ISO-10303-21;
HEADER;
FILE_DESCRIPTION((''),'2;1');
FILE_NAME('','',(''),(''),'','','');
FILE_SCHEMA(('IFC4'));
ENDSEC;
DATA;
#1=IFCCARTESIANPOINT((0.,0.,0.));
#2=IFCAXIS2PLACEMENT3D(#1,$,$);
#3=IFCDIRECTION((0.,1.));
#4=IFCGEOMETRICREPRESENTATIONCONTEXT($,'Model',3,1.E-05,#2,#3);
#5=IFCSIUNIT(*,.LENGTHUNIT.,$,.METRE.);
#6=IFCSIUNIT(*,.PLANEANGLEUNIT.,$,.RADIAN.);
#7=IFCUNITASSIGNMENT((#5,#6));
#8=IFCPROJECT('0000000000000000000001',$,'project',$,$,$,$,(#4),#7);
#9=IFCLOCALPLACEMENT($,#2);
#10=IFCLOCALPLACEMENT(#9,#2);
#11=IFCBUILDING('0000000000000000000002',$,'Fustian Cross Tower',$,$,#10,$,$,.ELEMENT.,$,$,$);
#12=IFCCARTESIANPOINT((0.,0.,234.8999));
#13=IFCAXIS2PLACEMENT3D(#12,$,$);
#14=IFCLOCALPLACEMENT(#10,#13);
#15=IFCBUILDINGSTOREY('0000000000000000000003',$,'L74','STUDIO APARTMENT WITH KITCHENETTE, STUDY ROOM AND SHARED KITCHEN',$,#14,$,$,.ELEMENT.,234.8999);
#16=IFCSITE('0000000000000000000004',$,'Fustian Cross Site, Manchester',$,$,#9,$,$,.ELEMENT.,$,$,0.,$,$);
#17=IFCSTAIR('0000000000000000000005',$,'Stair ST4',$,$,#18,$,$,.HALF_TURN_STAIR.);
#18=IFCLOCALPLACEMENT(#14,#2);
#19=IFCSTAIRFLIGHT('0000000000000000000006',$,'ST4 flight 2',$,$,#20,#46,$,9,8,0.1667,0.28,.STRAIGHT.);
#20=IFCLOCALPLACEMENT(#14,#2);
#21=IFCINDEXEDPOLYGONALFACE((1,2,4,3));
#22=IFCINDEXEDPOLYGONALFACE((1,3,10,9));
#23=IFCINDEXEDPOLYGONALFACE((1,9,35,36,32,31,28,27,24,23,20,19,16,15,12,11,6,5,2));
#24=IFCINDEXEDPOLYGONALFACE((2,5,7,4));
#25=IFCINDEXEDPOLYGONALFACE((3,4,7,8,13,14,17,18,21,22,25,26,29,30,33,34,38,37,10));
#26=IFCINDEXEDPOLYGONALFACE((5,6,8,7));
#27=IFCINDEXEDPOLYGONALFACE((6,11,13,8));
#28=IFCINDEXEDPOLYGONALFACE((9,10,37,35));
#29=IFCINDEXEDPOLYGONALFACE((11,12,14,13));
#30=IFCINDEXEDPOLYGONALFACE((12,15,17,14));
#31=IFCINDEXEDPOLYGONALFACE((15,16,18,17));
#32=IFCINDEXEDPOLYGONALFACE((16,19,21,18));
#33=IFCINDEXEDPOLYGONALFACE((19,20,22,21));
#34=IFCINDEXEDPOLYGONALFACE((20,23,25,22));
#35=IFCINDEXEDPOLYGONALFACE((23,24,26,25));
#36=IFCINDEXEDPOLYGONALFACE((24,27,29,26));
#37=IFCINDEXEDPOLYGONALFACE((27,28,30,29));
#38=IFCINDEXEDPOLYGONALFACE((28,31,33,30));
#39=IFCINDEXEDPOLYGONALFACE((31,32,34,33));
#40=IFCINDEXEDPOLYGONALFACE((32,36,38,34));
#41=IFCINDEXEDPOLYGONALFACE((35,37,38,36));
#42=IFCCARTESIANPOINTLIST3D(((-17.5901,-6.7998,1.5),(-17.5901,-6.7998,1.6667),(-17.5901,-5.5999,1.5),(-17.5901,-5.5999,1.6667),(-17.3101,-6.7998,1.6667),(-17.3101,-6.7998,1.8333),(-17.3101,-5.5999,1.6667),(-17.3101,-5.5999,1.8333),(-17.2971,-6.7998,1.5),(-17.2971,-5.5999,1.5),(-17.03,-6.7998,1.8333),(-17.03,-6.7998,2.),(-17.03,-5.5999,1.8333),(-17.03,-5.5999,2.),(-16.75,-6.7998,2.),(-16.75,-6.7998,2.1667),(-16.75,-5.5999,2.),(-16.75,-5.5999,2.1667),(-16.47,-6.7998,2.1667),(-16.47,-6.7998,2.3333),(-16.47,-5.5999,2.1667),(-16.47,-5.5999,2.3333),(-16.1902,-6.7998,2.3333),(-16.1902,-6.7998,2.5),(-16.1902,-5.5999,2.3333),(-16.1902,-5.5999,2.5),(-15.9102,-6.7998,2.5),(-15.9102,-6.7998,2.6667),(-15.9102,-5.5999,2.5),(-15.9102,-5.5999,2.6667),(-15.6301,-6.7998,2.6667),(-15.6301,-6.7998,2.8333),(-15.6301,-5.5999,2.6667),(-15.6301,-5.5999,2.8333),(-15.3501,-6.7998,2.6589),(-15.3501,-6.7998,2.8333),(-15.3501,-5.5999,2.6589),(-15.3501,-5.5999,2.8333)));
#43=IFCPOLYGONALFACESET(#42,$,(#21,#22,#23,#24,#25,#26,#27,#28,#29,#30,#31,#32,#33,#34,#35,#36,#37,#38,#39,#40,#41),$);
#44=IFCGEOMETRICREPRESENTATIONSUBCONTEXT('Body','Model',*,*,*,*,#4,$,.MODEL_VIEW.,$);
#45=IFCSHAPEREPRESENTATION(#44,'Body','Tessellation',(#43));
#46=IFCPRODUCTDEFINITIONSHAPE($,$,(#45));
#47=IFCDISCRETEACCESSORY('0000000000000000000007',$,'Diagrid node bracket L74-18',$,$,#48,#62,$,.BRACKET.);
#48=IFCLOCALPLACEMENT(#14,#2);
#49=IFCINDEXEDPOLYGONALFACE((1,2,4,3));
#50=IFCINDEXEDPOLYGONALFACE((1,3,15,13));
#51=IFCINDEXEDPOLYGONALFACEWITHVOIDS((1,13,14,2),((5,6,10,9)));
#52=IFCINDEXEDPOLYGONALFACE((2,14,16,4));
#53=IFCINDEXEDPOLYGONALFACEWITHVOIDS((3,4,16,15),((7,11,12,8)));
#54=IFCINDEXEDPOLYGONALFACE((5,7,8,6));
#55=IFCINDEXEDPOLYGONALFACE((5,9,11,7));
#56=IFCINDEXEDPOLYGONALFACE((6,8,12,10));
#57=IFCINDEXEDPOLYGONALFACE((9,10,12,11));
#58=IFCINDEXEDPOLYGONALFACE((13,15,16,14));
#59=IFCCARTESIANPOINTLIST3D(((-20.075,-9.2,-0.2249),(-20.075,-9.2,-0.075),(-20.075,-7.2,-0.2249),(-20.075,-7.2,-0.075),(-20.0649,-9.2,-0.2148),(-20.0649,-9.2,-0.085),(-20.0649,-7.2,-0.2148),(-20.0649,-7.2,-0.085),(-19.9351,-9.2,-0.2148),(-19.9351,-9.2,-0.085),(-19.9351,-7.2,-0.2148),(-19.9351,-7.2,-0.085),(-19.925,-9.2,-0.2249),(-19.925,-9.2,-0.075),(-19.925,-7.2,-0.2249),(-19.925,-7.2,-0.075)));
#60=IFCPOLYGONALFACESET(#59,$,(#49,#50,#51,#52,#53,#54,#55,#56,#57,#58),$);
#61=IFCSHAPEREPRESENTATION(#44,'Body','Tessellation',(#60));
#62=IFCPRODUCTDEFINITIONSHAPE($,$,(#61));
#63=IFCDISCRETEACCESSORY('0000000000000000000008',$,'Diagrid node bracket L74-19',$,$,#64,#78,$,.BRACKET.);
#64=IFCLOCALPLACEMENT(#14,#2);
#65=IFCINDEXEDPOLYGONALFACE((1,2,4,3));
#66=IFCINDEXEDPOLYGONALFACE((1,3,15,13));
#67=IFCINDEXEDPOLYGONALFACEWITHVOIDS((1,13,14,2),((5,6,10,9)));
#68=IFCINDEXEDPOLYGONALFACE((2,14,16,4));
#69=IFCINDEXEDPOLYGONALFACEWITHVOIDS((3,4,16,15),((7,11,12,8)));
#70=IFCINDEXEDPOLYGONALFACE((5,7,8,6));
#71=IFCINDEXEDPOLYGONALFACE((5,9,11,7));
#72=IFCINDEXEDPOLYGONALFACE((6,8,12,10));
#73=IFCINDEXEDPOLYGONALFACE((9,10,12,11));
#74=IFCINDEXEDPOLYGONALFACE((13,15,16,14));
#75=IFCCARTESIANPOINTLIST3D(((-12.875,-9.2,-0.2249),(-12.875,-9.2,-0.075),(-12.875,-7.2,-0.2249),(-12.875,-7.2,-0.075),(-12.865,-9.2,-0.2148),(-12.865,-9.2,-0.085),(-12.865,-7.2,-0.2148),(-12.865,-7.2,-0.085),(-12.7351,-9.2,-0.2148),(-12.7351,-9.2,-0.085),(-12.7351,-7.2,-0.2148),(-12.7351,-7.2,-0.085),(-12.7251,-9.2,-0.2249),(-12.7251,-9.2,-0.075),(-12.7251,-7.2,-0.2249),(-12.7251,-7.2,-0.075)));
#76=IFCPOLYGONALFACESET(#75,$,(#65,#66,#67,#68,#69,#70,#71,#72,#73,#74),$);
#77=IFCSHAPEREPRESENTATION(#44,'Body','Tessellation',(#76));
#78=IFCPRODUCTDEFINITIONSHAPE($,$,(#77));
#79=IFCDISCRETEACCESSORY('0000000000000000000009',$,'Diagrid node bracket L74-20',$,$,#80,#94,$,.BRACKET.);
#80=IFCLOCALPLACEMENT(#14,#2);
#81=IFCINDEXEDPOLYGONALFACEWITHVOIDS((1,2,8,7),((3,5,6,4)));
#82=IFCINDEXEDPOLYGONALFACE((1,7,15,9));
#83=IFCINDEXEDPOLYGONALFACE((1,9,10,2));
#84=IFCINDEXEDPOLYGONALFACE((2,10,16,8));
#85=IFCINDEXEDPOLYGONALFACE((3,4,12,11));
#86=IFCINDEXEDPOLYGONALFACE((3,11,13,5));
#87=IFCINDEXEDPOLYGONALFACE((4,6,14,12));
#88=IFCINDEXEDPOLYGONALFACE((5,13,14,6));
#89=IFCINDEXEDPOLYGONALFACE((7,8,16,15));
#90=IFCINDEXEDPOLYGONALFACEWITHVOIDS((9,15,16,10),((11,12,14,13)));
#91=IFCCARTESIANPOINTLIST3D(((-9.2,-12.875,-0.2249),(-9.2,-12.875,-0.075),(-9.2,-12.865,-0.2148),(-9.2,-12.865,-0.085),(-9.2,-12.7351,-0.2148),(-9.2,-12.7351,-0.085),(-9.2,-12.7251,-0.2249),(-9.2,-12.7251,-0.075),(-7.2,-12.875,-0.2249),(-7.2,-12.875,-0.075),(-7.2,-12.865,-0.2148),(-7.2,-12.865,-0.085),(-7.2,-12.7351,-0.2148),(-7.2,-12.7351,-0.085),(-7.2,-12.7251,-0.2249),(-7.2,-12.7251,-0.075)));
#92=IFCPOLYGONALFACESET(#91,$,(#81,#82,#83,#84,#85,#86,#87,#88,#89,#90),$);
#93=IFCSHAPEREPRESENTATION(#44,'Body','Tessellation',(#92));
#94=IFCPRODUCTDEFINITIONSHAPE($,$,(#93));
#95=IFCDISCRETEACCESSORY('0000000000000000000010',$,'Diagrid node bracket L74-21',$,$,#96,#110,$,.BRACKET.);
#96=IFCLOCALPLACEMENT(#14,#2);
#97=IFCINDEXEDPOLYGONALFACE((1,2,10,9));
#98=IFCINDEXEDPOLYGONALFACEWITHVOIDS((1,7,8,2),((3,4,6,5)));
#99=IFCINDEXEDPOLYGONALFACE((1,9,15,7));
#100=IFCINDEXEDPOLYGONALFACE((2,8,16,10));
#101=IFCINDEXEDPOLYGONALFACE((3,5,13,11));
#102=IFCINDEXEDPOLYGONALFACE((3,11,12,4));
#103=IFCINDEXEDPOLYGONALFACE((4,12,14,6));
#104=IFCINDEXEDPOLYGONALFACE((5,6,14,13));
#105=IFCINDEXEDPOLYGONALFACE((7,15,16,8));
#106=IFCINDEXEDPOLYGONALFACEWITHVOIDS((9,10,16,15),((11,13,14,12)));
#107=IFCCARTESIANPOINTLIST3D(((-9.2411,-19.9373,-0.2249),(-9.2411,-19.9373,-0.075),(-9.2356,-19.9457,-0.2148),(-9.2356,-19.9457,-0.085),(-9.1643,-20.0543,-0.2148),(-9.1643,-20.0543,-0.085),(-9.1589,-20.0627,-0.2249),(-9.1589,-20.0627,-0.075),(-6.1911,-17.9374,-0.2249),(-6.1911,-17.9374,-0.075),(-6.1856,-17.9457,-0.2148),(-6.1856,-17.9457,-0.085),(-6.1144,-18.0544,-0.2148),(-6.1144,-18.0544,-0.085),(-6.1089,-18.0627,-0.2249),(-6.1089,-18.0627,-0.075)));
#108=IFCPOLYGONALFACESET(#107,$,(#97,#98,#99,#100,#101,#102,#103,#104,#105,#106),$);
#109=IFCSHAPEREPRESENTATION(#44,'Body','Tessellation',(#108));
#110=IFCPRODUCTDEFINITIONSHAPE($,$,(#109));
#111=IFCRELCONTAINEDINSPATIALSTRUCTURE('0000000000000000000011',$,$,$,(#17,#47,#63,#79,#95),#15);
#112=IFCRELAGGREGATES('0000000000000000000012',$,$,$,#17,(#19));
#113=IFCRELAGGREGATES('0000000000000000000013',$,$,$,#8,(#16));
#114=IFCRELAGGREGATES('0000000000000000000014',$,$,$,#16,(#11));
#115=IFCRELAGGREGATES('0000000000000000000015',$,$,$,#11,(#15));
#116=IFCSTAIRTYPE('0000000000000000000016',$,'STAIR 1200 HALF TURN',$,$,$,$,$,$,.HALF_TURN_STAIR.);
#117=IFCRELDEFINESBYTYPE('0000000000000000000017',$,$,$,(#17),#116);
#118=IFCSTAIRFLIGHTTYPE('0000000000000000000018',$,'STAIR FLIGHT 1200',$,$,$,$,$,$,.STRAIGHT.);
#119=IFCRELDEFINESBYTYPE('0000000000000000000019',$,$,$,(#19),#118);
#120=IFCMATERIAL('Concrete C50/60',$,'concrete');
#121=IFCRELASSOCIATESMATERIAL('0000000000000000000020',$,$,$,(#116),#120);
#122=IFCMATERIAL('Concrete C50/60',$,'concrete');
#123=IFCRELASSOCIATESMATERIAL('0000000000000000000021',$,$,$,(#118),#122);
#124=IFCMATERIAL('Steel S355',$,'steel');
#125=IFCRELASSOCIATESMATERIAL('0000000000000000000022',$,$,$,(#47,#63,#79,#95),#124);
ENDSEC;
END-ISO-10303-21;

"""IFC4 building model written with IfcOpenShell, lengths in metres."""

from ifc_helpers import new_model, si_unit, direction, frame, origin, origin_2d, place, context, subcontext, project, spatial, polyline, hollow_rectangle, outline, extrude, material, type_object, element, aggregate, save


model = new_model("IFC4")

# Units and contexts
model_context = context("Model", 3, precision=1e-05, world=origin(), true_north=direction((0.0, 1.0)))
body_context = subcontext(model_context, "Body", "Model", "MODEL_VIEW")
ifc_project = project(units=[si_unit("LENGTHUNIT", "METRE"), si_unit("PLANEANGLEUNIT", "RADIAN")], contexts=[model_context])

# Site, building, storey
site_placement = place(None, origin())
site = spatial("IfcSite", under=ifc_project, at=site_placement, Name="Fustian Cross Site, Manchester", CompositionType="ELEMENT", RefElevation=0.0)
building_placement = place(site_placement, origin())
building = spatial("IfcBuilding", under=site, at=building_placement, Name="Fustian Cross Tower", CompositionType="ELEMENT")
storey_placement = place(building_placement, frame((0.0, 0.0, 234.8999)))
storey = spatial("IfcBuildingStorey", under=building, at=storey_placement, Name="L74", Description="STUDIO APARTMENT WITH KITCHENETTE, STUDY ROOM AND SHARED KITCHEN", CompositionType="ELEMENT", Elevation=234.8999)

# Stair, stair flight
ifc_material_1 = material(Name="Concrete C50/60", Category="concrete")
stair_type = type_object("IfcStairType", Name="STAIR 1200 HALF TURN", PredefinedType="HALF_TURN_STAIR", material=ifc_material_1)
stair_placement = place(storey_placement, origin())
stair = element("IfcStair", 1, at=stair_placement, inside=storey, type_object=stair_type, Name="Stair ST4", PredefinedType="HALF_TURN_STAIR")
ifc_material_2 = material(Name="Concrete C50/60", Category="concrete")
stair_flight_type = type_object("IfcStairFlightType", Name="STAIR FLIGHT 1200", PredefinedType="STRAIGHT", material=ifc_material_2)
stair_flight_1_placement = place(storey_placement, frame((-17.5901, -6.2, 1.5), z_axis=(0.0, 0.0, 1.0), x_axis=(1.0, 0.0, 0.0)))
stair_flight_1 = element("IfcStairFlight", 2, at=stair_flight_1_placement, type_object=stair_flight_type, Name="ST4 flight 2", NumberOfRisers=9, NumberOfTreads=8, PredefinedType="STRAIGHT", RiserHeight=0.1667, TreadLength=0.28, context=body_context, shape_type="SweptSolid", body=[
    extrude(outline(polyline([(0.0, 0.0), (0.0, 0.1667), (0.28, 0.1667), (0.28, 0.3333), (0.5601, 0.3333), (0.5601, 0.5), (0.8401, 0.5), (0.8401, 0.6667), (1.1201, 0.6667), (1.1201, 0.8333), (1.3999, 0.8333), (1.3999, 1.0), (1.6799, 1.0), (1.6799, 1.1667), (1.96, 1.1667), (1.96, 1.3333), (2.24, 1.3333), (2.24, 1.5), (2.24, 1.1589), (0.293, 0.0), (0.0, 0.0)])), frame((0.0, 0.6001, 0.0), z_axis=(0.0, -1.0, 0.0), x_axis=(1.0, 0.0, 0.0)), (0.0, 0.0, 1.0), 1.2),
])
aggregate(stair, [stair_flight_1])

# Discrete accessories
ifc_material_3 = material(Name="Steel S355", Category="steel")
for number, where, z_axis, x_axis, name in (
    (3, (-20.0, -9.2, -0.1499), (0.0, 1.0, 0.0), (-1.0, 0.0, 0.0), "Diagrid node bracket L74-18"),
    (4, (-12.8, -9.2, -0.1499), (0.0, 1.0, 0.0), (-1.0, 0.0, 0.0), "Diagrid node bracket L74-19"),
    (5, (-9.2, -12.8, -0.1499), (1.0, 0.0, 0.0), (0.0, 1.0, 0.0), "Diagrid node bracket L74-20"),
):
    element("IfcDiscreteAccessory", number, at=place(storey_placement, frame(where, z_axis=z_axis, x_axis=x_axis)), inside=storey, material=ifc_material_3, Name=name, PredefinedType="BRACKET", context=body_context, shape_type="SweptSolid", body=[
        extrude(hollow_rectangle(XDim=0.1499, YDim=0.1499, WallThickness=0.01, at=origin_2d()), origin(), (0.0, 0.0, 1.0), 2.0),
    ])
discrete_accessory_placement = place(storey_placement, frame((-9.2, -20.0, -0.1499), z_axis=(0.836248, 0.548351, 0.0), x_axis=(-0.548351, 0.836248, 0.0)))
element("IfcDiscreteAccessory", 6, at=discrete_accessory_placement, inside=storey, material=ifc_material_3, Name="Diagrid node bracket L74-21", PredefinedType="BRACKET", context=body_context, shape_type="SweptSolid", body=[
    extrude(hollow_rectangle(XDim=0.1499, YDim=0.1499, WallThickness=0.01, at=origin_2d()), origin(), (0.0, 0.0, 1.0), 3.6472),
])

save(model, "model.ifc")
